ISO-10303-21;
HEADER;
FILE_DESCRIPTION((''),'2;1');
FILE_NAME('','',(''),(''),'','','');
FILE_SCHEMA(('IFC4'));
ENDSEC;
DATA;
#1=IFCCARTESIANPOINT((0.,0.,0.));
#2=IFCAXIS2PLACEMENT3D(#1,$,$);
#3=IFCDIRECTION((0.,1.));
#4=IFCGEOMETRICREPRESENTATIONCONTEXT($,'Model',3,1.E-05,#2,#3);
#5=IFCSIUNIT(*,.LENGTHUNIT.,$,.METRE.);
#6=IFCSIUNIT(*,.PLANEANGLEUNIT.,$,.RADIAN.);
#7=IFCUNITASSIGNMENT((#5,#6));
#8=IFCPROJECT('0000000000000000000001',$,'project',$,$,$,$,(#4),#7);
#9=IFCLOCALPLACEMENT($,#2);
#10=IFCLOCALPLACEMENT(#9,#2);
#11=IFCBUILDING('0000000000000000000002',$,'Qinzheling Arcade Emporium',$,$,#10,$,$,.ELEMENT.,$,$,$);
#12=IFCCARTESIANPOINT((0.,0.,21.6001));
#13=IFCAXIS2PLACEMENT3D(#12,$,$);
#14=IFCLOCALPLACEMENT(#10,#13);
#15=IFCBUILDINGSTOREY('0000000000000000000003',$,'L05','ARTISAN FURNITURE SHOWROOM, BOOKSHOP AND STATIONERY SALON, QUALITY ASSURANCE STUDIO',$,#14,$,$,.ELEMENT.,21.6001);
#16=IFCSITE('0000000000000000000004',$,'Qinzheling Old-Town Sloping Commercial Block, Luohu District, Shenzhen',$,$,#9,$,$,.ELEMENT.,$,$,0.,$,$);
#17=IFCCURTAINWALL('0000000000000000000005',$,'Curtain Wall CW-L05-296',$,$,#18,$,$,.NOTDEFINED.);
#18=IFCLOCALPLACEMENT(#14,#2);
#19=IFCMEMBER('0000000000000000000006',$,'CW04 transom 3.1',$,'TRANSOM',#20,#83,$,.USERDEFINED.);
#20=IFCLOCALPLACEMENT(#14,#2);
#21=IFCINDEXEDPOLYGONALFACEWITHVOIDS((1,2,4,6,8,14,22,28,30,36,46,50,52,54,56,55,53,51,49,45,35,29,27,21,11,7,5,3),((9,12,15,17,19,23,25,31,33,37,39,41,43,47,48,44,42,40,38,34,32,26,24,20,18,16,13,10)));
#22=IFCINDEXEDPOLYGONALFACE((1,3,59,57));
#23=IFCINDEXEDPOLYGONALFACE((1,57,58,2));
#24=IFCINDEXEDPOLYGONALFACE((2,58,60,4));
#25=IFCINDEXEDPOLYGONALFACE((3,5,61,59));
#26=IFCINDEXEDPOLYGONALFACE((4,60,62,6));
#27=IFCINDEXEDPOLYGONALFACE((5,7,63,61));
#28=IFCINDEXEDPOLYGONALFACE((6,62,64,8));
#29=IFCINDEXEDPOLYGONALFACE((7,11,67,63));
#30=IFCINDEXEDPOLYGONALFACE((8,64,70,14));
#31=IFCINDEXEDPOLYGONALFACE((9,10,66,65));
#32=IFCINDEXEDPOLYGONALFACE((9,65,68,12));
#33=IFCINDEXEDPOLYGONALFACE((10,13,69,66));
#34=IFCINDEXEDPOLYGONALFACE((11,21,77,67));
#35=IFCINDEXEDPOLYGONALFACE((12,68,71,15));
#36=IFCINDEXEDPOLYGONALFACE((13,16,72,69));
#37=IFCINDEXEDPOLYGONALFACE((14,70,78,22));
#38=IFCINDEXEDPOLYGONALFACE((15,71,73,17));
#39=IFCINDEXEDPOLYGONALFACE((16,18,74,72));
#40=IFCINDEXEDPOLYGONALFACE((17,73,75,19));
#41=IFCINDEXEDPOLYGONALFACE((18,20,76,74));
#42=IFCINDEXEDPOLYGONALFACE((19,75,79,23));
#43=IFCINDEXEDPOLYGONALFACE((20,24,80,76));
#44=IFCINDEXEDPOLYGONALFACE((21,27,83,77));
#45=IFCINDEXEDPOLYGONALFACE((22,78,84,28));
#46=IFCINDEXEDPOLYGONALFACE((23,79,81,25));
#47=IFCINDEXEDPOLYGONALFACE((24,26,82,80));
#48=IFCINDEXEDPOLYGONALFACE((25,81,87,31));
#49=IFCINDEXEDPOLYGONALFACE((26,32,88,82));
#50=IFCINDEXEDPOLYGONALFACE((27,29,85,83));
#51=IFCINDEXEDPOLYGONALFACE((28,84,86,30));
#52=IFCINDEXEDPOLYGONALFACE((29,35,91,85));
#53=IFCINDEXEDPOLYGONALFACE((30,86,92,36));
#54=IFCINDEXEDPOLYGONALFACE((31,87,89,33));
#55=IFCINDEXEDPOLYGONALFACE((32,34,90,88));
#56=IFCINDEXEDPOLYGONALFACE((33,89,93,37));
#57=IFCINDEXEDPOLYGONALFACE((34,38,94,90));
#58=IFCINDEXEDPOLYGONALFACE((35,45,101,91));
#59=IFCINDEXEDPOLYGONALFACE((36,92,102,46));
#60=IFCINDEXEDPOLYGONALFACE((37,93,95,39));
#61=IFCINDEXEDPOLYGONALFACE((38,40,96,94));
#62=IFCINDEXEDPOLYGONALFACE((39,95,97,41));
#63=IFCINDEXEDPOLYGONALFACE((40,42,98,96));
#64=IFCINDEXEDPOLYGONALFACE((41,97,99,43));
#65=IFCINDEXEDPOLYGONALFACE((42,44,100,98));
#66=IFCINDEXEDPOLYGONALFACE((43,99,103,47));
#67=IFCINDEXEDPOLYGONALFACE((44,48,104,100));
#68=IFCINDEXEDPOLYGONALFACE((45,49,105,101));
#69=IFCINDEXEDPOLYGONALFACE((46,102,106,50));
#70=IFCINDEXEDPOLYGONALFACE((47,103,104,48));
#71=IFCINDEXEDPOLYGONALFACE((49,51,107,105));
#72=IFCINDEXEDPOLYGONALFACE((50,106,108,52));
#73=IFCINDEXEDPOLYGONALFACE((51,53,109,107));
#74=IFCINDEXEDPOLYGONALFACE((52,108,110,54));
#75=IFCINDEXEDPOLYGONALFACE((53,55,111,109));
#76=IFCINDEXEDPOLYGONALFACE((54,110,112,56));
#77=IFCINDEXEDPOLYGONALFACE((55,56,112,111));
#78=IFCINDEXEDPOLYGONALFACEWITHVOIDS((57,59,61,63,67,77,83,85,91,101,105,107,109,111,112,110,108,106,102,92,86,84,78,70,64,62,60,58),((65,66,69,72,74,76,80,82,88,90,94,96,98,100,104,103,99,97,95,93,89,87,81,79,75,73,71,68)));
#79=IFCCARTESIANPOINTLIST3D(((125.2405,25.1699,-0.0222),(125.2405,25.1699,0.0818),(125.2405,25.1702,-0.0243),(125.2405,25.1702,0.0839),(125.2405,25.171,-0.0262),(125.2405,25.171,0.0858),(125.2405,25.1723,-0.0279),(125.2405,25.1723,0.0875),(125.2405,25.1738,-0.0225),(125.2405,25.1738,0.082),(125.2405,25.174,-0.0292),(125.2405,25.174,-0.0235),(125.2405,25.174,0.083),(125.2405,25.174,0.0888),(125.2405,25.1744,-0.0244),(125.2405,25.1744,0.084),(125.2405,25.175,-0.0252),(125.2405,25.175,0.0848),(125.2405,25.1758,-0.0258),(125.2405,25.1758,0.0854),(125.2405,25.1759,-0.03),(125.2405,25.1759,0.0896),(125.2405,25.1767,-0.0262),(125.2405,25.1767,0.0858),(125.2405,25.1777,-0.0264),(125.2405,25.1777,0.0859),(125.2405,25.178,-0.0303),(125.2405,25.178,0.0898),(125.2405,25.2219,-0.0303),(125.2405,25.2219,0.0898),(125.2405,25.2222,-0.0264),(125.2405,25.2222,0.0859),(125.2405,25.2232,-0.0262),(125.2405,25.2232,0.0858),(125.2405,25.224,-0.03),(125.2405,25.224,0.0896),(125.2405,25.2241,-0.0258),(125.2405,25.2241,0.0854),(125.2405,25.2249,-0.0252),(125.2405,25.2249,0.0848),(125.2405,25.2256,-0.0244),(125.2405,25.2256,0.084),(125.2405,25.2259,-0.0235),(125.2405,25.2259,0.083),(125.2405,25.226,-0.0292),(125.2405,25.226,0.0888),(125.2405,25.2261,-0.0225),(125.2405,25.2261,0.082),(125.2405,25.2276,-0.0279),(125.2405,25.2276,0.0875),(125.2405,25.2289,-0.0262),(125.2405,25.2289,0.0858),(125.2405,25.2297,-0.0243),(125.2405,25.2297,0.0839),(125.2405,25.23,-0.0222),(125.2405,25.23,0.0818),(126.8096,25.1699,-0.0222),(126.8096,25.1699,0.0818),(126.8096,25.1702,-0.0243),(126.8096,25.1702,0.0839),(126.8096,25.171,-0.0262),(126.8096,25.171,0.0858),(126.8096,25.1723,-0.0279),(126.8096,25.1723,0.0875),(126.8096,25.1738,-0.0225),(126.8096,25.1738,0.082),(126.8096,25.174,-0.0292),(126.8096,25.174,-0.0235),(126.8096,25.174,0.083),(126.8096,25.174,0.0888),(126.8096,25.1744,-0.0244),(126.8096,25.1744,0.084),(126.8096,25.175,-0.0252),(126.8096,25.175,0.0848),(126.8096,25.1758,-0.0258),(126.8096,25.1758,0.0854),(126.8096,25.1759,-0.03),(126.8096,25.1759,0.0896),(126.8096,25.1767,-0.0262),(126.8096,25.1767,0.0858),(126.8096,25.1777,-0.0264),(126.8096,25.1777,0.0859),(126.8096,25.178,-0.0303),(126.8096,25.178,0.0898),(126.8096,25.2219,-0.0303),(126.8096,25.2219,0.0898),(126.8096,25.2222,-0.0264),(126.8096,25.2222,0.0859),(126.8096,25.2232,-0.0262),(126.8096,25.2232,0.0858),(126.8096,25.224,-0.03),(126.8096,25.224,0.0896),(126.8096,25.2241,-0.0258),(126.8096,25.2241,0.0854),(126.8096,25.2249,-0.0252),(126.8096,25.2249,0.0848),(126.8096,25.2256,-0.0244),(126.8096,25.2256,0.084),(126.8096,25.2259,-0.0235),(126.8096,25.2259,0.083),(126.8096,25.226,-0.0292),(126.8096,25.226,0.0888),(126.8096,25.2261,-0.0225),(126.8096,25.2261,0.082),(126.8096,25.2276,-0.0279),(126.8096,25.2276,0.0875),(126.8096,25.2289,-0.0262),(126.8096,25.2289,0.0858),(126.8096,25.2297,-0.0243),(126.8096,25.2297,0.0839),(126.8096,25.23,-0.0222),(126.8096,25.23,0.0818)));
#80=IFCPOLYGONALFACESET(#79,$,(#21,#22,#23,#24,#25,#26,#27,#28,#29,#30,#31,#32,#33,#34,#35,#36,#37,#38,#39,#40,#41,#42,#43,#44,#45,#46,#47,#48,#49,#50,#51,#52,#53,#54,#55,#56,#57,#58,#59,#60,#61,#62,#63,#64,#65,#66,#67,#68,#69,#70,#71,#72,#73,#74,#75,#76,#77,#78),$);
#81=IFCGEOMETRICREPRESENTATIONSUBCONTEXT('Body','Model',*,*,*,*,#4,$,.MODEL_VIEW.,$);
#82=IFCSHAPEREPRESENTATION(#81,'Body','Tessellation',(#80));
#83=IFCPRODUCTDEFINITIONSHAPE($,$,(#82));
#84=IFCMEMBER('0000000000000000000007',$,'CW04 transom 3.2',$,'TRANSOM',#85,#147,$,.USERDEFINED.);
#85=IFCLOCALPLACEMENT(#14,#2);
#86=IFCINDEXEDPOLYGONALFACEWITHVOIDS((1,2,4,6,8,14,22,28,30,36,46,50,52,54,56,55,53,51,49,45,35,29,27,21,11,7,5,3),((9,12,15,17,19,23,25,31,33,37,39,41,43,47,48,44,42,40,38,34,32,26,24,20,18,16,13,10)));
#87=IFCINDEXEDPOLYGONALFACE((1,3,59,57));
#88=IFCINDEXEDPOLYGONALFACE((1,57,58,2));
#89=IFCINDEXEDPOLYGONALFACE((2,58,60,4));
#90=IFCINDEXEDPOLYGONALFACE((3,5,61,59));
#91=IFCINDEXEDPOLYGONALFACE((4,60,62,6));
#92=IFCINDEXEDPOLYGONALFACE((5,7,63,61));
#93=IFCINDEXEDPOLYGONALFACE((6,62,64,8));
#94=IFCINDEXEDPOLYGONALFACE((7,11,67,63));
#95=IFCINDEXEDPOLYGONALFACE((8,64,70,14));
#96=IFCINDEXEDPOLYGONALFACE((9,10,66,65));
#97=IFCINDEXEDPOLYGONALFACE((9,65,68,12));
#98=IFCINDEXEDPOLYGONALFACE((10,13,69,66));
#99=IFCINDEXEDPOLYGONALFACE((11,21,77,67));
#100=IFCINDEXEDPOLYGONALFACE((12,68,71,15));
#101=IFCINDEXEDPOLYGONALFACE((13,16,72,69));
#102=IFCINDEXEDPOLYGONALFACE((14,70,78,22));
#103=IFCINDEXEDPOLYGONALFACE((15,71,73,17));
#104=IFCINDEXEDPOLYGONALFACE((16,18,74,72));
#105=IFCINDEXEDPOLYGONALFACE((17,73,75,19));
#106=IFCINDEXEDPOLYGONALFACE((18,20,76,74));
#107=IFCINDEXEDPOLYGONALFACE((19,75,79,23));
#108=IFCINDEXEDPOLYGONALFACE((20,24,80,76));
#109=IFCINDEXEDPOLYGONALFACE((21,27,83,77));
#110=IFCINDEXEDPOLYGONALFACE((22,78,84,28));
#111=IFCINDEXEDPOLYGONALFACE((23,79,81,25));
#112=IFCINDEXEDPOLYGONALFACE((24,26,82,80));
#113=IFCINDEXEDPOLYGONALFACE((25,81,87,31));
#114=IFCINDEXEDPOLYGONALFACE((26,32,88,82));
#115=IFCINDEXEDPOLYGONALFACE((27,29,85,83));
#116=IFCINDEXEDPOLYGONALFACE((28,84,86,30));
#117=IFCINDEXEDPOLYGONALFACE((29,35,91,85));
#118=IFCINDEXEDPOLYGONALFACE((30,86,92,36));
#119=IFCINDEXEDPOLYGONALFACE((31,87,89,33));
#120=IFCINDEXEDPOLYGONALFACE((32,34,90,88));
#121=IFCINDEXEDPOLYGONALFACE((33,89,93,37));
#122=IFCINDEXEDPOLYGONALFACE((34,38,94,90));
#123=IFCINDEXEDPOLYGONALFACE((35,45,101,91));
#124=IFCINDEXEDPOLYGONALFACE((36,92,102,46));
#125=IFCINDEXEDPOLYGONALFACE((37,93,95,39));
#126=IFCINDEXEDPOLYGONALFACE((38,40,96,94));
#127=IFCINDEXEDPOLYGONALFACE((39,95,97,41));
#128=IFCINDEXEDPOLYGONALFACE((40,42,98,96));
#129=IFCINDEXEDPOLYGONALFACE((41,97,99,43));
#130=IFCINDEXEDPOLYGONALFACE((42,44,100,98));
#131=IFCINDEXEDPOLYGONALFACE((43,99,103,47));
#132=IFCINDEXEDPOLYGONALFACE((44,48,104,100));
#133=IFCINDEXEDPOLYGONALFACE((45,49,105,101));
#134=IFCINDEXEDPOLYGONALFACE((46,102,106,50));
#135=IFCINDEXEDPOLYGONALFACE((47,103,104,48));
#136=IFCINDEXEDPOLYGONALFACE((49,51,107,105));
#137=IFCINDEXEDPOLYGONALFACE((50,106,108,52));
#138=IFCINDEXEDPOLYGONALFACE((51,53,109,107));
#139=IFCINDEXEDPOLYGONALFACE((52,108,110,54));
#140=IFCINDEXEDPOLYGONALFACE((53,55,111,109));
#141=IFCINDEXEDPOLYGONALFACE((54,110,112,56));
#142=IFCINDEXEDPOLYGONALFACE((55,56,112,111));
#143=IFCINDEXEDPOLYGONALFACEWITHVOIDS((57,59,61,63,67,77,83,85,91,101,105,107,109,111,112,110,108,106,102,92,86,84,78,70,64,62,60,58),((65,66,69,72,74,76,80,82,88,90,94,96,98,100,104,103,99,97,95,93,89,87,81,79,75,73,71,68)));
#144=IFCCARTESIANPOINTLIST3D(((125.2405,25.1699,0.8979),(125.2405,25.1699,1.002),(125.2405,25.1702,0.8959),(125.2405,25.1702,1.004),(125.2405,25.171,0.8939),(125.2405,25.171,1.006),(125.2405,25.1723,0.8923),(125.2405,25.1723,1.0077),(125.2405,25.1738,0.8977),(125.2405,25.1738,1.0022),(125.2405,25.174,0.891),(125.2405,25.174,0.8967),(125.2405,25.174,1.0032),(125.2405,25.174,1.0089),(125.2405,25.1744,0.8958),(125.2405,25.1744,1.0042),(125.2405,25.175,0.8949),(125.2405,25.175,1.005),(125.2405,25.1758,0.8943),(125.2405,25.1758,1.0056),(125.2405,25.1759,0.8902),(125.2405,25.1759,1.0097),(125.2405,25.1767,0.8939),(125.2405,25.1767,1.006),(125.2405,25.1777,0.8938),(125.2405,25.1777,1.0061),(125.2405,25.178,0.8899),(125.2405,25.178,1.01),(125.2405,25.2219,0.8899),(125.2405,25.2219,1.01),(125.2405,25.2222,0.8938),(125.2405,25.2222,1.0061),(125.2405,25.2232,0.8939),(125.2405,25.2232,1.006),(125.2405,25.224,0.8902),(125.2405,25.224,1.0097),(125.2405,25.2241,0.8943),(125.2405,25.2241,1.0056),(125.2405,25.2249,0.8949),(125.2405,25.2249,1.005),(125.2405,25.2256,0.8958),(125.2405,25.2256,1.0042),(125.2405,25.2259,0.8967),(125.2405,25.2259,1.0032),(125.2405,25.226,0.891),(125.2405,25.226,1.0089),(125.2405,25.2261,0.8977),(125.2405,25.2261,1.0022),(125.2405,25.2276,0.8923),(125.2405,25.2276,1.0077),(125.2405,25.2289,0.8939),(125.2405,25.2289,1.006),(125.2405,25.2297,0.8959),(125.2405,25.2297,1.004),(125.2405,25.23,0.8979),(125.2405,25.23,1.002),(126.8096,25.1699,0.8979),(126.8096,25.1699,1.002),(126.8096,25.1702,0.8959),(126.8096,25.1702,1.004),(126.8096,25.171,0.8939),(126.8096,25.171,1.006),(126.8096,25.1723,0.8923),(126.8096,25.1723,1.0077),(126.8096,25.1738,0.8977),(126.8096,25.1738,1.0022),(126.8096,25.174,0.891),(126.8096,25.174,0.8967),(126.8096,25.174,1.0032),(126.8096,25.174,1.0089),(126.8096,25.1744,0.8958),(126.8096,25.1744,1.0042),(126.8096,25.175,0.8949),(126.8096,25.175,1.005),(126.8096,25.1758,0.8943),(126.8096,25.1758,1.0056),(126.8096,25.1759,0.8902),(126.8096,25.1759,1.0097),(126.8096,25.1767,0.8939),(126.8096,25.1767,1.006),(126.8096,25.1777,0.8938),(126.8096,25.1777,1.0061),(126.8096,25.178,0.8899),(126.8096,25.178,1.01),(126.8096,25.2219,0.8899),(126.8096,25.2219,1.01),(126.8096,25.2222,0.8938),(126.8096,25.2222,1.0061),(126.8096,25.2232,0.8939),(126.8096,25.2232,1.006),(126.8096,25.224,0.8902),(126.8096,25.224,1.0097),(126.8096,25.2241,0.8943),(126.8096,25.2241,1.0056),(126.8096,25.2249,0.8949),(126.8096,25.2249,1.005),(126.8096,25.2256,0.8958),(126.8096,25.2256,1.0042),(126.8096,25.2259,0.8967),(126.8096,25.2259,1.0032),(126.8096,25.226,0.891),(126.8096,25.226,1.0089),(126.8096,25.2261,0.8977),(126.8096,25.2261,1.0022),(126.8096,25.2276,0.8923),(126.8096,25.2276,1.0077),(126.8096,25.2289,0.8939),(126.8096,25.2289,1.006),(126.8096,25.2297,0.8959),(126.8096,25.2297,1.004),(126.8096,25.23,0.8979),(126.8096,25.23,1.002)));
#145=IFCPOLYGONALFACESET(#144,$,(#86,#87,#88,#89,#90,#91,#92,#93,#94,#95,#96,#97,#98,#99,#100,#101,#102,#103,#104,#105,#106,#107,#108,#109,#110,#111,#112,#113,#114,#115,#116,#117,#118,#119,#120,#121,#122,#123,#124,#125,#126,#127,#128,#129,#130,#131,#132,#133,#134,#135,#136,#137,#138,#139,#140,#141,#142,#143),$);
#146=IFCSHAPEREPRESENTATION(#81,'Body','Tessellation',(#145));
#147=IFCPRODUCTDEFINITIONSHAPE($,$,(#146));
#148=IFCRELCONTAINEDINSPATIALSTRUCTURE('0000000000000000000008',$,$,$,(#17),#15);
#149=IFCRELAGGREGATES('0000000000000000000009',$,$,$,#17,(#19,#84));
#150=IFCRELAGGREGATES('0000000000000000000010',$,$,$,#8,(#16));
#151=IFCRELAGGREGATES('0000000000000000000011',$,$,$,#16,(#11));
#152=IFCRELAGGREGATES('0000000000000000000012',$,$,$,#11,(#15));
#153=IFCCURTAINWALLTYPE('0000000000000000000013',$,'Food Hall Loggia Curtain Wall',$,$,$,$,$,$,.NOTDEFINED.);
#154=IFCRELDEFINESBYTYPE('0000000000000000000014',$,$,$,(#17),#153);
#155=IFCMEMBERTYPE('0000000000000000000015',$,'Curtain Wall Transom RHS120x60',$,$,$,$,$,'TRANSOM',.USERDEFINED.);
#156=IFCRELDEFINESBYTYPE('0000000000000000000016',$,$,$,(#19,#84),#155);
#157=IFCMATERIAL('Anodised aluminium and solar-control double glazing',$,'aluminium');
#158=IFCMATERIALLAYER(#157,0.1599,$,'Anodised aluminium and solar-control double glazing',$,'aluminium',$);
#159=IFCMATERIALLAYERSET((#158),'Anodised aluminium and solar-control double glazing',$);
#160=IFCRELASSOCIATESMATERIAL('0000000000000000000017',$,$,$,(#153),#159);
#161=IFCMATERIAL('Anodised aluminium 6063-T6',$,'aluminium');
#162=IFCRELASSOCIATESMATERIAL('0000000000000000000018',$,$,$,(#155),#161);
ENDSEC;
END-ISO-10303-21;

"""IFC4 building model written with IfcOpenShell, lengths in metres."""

from ifc_helpers import new_model, si_unit, direction, frame, origin, origin_2d, place, context, subcontext, project, spatial, hollow_rectangle, extrude, material, layer, layer_set, material_profile, profile_set, type_object, element, aggregate, save


model = new_model("IFC4")

# Units and contexts
model_context = context("Model", 3, precision=1e-05, world=origin(), true_north=direction((0.0, 1.0)))
body_context = subcontext(model_context, "Body", "Model", "MODEL_VIEW")
ifc_project = project(units=[si_unit("LENGTHUNIT", "METRE"), si_unit("PLANEANGLEUNIT", "RADIAN")], contexts=[model_context])

# Site, building, storey
site_placement = place(None, origin())
site = spatial("IfcSite", under=ifc_project, at=site_placement, Name="Qinzheling Old-Town Sloping Commercial Block, Luohu District, Shenzhen", CompositionType="ELEMENT", RefElevation=0.0)
building_placement = place(site_placement, origin())
building = spatial("IfcBuilding", under=site, at=building_placement, Name="Qinzheling Arcade Emporium", CompositionType="ELEMENT")
storey_placement = place(building_placement, frame((0.0, 0.0, 21.6001)))
storey = spatial("IfcBuildingStorey", under=building, at=storey_placement, Name="L05", Description="ARTISAN FURNITURE SHOWROOM, BOOKSHOP AND STATIONERY SALON, QUALITY ASSURANCE STUDIO", CompositionType="ELEMENT", Elevation=21.6001)

# Curtain wall, members
ifc_material_1 = material(Name="Anodised aluminium and solar-control double glazing", Category="aluminium")
ifc_layer_1 = layer(ifc_material_1, 0.1599, Name="Anodised aluminium and solar-control double glazing", Category="aluminium")
ifc_layer_set_1 = layer_set([ifc_layer_1], Name="Anodised aluminium and solar-control double glazing")
curtain_wall_type = type_object("IfcCurtainWallType", Name="Food Hall Loggia Curtain Wall", PredefinedType="NOTDEFINED", material=ifc_layer_set_1)
curtain_wall_placement = place(storey_placement, origin())
curtain_wall = element("IfcCurtainWall", 1, at=curtain_wall_placement, inside=storey, type_object=curtain_wall_type, Name="Curtain Wall CW-L05-296", PredefinedType="NOTDEFINED")
ifc_material_2 = material(Name="Anodised aluminium 6063-T6", Category="aluminium")
ifc_material_profile_1 = material_profile(ifc_material_2, hollow_rectangle(XDim=0.0601, YDim=0.1201, WallThickness=0.0039, InnerFilletRadius=0.0039, OuterFilletRadius=0.0081, at=origin_2d()), Name="RHS 120x60x4", Category="aluminium")
ifc_profile_set_1 = profile_set([ifc_material_profile_1], Name="Anodised aluminium 6063-T6")
member_type_1 = type_object("IfcMemberType", Name="Curtain Wall Transom RHS120x60", ElementType="TRANSOM", PredefinedType="USERDEFINED", material=ifc_profile_set_1)
member_1_placement = place(storey_placement, frame((125.2405, 25.2, 0.0298), z_axis=(1.0, 0.0, 0.0), x_axis=(0.0, 1.0, 0.0)))
member_1 = element("IfcMember", 2, at=member_1_placement, type_object=member_type_1, Name="CW04 transom 3.1", ObjectType="TRANSOM", PredefinedType="USERDEFINED", context=body_context, shape_type="SweptSolid", body=[
    extrude(hollow_rectangle(XDim=0.0601, YDim=0.1201, WallThickness=0.0039, InnerFilletRadius=0.0039, OuterFilletRadius=0.0081, at=origin_2d()), origin(), (0.0, 0.0, 1.0), 1.5691),
])
member_2_placement = place(storey_placement, frame((125.2405, 25.2, 0.95), z_axis=(1.0, 0.0, 0.0), x_axis=(0.0, 1.0, 0.0)))
member_2 = element("IfcMember", 3, at=member_2_placement, type_object=member_type_1, Name="CW04 transom 3.2", ObjectType="TRANSOM", PredefinedType="USERDEFINED", context=body_context, shape_type="SweptSolid", body=[
    extrude(hollow_rectangle(XDim=0.0601, YDim=0.1201, WallThickness=0.0039, InnerFilletRadius=0.0039, OuterFilletRadius=0.0081, at=origin_2d()), origin(), (0.0, 0.0, 1.0), 1.5691),
])

aggregate(curtain_wall, [member_1, member_2])

save(model, "model.ifc")
